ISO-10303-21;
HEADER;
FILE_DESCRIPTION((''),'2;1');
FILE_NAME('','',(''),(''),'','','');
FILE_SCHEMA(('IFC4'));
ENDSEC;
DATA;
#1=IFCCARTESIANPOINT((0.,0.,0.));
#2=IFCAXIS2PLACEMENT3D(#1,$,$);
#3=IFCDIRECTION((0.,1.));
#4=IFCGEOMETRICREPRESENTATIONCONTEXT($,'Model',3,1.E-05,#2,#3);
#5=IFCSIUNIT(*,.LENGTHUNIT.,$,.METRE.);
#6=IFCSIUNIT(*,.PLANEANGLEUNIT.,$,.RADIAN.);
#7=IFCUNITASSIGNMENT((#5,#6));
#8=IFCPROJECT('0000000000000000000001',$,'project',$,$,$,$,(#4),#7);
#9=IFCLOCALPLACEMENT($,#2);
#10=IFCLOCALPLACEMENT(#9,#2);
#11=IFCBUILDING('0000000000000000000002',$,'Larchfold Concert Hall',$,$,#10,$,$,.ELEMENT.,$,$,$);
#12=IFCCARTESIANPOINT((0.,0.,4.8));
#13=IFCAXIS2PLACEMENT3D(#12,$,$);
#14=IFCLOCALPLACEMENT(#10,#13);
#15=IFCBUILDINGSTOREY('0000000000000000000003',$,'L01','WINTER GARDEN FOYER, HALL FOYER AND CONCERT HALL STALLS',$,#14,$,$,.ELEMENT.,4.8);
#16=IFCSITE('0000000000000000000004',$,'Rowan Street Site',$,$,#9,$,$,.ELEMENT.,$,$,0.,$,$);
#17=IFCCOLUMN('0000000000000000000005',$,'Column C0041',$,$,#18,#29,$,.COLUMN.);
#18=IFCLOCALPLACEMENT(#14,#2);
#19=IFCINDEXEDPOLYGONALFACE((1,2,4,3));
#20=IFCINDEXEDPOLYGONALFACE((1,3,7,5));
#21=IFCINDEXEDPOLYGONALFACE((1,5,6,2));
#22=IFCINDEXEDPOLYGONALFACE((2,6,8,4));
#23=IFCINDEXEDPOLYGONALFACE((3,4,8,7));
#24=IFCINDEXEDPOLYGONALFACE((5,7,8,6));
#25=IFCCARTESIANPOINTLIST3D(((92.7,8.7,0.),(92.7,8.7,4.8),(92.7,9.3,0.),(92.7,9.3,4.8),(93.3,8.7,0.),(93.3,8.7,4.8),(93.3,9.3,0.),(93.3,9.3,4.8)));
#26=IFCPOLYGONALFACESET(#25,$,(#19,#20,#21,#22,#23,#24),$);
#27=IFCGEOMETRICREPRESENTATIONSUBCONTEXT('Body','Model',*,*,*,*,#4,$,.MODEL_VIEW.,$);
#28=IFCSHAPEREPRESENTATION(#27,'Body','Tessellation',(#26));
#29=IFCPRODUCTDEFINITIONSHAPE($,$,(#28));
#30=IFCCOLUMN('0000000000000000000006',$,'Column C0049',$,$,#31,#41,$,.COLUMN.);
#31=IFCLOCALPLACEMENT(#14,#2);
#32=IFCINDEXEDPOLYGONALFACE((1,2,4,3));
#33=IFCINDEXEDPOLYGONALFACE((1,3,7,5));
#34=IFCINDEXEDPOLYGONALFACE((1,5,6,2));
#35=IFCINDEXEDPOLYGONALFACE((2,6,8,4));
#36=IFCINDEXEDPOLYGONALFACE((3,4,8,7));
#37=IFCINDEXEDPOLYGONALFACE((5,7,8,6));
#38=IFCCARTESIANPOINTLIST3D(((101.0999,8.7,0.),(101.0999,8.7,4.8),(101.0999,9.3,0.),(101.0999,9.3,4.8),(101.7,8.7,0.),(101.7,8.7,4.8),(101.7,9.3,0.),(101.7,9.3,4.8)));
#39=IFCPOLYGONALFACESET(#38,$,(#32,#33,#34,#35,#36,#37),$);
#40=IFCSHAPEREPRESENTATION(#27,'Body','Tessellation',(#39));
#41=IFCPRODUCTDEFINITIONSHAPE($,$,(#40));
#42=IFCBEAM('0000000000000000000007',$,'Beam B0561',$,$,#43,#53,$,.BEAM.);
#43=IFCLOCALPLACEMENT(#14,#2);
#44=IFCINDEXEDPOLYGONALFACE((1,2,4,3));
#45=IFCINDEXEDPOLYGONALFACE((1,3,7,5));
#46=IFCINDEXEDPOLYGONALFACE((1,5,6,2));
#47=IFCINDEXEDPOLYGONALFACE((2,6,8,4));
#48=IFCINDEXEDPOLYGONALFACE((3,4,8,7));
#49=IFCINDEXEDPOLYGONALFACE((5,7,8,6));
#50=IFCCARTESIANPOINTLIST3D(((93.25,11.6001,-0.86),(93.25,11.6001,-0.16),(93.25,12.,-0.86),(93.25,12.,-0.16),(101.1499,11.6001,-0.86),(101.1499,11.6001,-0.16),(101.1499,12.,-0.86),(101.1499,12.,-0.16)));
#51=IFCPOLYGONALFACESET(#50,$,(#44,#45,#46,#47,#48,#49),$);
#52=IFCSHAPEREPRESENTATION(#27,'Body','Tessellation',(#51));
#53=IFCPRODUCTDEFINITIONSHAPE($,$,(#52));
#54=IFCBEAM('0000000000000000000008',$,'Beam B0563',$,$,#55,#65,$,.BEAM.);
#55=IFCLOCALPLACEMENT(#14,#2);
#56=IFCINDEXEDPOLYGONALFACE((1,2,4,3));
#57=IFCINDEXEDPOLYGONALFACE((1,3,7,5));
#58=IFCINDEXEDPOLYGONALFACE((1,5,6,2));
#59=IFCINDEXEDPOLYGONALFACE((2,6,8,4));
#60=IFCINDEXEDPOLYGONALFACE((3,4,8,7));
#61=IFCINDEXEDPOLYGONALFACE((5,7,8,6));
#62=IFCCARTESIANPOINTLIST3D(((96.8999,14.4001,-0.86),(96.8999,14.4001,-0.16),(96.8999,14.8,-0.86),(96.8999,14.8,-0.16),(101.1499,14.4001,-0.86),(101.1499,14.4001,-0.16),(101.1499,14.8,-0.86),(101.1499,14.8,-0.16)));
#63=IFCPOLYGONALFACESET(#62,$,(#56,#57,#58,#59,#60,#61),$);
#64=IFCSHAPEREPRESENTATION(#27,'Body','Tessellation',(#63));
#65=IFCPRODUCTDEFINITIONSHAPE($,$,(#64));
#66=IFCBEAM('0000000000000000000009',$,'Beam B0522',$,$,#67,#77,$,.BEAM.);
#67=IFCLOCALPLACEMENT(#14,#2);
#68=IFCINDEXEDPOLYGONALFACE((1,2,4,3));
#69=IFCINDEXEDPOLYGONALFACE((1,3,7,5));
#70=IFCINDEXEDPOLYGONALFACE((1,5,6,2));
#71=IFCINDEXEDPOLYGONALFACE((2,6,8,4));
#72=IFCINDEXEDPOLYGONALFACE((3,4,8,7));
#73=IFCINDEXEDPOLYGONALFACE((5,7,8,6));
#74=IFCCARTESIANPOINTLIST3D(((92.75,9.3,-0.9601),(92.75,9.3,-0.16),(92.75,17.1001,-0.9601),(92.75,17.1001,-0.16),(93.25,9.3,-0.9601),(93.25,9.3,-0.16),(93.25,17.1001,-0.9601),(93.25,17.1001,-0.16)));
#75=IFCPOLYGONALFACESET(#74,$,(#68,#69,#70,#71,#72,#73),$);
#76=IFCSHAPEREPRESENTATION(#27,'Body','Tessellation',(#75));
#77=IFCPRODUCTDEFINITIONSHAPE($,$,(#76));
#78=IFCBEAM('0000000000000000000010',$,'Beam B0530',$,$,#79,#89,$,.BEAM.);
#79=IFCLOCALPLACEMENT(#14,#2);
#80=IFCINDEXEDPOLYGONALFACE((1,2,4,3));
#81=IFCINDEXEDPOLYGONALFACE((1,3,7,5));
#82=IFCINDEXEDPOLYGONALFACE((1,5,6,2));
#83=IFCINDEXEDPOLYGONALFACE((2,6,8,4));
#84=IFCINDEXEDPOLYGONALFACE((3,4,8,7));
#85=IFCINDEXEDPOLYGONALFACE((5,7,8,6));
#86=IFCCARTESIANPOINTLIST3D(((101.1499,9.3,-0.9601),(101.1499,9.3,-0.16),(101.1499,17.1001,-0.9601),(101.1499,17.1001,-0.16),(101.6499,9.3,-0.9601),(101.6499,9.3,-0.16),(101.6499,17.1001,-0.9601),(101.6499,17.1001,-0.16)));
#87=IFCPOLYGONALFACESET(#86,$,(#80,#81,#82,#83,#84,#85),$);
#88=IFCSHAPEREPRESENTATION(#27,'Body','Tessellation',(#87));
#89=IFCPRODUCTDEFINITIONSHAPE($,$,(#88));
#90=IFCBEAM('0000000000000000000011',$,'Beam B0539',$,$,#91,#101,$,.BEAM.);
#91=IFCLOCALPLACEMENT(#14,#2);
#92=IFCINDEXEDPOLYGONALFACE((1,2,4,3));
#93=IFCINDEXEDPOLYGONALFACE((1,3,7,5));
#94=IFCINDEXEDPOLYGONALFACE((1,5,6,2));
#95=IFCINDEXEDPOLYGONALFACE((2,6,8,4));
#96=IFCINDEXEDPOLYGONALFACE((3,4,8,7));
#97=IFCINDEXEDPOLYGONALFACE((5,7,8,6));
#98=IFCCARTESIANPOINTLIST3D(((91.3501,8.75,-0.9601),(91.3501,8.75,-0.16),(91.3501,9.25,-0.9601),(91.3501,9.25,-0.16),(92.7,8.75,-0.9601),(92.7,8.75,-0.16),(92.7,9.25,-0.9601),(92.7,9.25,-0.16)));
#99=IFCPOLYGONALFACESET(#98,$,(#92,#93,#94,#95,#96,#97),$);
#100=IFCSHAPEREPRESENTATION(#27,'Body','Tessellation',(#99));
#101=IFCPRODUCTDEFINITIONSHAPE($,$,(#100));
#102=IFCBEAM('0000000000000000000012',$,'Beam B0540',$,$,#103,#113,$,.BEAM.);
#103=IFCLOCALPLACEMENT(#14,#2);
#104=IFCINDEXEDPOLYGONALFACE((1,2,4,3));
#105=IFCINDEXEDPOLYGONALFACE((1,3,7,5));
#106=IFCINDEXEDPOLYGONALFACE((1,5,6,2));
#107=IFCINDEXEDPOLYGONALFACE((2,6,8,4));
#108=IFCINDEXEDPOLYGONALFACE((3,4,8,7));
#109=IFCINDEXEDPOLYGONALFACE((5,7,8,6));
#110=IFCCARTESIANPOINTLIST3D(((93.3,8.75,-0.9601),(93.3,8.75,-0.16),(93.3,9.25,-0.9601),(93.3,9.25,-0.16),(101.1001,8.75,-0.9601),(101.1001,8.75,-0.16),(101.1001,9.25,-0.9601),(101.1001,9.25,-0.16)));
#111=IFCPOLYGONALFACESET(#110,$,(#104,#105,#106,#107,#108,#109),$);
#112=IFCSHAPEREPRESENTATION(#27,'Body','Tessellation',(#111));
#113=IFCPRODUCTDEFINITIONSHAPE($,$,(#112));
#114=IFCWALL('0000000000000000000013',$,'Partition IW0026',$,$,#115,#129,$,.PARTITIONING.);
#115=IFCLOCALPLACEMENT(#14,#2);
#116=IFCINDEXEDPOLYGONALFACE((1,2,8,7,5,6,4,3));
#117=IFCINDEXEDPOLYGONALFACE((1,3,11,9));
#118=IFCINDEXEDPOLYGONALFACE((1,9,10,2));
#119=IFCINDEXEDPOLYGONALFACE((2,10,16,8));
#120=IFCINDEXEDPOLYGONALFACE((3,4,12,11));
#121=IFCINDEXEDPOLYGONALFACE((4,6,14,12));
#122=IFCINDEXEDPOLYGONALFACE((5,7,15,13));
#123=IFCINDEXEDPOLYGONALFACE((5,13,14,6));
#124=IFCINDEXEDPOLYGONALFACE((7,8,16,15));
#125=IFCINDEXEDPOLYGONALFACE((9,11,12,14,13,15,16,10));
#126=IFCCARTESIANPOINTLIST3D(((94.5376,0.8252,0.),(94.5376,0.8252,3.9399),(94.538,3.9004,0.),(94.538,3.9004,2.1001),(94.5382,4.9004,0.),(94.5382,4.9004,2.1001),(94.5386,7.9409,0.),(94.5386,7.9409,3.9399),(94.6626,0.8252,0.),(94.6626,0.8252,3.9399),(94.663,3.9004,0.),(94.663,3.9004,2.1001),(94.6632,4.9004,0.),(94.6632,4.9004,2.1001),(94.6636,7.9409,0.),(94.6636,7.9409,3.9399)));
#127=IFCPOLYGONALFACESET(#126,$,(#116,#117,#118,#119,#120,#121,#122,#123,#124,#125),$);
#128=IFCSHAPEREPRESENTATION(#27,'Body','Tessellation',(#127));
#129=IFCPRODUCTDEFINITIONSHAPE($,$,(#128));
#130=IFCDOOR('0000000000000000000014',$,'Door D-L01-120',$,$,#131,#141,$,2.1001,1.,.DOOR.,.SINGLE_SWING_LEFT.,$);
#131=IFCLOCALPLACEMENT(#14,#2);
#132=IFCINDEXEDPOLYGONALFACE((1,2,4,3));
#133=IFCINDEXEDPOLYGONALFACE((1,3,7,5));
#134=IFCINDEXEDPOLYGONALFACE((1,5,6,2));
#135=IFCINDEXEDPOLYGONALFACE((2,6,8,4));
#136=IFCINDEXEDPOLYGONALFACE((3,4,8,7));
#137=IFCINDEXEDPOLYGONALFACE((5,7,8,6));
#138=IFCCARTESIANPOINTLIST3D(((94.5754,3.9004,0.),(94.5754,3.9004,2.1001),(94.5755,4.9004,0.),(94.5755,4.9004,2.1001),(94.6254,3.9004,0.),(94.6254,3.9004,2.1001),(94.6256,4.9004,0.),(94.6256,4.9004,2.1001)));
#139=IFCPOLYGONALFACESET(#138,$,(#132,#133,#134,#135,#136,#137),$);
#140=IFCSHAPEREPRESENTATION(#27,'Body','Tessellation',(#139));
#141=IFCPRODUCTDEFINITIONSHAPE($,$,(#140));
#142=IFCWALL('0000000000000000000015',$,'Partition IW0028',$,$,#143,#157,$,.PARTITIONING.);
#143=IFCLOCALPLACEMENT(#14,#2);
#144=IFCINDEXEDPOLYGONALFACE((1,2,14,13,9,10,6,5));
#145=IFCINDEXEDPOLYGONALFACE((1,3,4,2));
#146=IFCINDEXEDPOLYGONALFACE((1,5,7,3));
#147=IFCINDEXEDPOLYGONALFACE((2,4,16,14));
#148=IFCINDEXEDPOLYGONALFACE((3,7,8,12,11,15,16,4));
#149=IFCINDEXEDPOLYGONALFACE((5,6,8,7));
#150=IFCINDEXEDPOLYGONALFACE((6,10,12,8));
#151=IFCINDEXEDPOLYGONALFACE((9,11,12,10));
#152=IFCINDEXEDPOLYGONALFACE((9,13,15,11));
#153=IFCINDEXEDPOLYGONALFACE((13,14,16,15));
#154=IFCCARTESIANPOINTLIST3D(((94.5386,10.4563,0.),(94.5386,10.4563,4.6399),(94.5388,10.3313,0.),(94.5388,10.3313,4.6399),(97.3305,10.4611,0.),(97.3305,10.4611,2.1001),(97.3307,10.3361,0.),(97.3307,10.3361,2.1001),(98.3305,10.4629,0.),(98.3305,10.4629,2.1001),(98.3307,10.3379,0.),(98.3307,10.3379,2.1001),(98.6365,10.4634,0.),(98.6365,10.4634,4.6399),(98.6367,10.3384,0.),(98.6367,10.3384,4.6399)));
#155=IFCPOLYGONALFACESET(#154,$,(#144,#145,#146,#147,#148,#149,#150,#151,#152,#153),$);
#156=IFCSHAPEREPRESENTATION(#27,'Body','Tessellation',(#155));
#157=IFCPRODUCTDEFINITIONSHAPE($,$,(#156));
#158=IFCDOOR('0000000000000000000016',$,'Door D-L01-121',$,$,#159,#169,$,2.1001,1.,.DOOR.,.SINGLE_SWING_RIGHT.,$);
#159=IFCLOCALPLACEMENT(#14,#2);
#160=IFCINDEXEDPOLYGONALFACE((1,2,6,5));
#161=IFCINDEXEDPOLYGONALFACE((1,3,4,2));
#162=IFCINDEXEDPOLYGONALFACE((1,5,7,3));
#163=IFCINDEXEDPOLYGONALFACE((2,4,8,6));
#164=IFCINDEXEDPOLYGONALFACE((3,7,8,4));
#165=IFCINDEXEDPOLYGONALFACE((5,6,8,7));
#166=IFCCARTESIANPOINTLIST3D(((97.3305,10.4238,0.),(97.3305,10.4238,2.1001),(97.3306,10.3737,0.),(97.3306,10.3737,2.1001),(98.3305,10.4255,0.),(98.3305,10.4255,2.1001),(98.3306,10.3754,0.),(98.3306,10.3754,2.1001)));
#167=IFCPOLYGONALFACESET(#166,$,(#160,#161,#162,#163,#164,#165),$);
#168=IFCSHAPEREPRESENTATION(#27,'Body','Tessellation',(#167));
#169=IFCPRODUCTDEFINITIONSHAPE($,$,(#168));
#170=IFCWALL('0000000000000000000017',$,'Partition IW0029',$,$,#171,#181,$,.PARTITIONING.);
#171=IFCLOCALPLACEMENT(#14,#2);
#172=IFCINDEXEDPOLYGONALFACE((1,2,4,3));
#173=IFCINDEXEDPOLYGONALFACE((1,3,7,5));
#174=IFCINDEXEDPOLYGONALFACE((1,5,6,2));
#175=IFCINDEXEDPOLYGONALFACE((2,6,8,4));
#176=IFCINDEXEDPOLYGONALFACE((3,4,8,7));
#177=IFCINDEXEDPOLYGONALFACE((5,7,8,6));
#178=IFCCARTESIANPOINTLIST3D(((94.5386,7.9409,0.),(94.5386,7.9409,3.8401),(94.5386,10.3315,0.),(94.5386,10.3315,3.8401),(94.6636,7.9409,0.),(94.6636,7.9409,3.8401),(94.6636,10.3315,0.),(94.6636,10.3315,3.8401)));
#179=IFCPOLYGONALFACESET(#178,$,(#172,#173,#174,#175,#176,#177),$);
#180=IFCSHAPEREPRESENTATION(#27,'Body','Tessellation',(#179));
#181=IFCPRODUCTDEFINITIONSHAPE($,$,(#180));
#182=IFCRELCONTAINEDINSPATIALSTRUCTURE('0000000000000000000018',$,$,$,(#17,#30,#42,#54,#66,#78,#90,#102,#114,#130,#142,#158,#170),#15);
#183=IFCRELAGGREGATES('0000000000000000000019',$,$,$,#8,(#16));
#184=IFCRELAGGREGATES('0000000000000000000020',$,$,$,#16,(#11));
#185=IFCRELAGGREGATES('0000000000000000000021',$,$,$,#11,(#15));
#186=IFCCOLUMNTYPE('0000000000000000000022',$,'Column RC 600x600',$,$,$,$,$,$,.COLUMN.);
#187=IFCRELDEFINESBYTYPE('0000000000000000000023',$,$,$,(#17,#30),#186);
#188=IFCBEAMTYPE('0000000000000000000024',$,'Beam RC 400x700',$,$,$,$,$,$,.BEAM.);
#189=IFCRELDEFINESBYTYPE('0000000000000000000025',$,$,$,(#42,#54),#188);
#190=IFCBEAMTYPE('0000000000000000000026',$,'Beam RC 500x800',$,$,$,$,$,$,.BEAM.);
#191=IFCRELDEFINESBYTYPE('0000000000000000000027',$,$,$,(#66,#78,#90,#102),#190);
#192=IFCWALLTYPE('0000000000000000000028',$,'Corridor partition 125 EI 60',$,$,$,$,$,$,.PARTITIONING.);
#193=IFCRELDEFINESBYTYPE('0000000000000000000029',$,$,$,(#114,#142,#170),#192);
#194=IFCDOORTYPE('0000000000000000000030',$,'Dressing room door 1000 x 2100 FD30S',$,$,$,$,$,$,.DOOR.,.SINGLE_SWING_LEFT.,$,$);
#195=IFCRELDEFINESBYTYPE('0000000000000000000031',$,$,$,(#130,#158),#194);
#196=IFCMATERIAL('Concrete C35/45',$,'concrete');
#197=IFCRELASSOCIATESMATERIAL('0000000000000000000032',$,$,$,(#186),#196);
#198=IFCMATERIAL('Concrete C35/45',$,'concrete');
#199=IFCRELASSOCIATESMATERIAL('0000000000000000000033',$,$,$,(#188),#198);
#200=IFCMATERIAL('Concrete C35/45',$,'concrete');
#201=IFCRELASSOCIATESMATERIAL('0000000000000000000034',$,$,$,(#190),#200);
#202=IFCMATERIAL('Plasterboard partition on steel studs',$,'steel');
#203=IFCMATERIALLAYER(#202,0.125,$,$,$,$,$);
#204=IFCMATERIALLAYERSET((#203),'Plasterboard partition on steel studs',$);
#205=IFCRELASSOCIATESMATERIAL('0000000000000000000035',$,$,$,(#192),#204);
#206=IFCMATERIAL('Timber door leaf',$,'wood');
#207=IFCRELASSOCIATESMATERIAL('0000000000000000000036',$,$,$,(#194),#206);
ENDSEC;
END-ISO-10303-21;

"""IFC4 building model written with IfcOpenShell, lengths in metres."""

from ifc_helpers import new_model, si_unit, direction, frame, frame_2d, origin, origin_2d, place, context, subcontext, project, spatial, rectangle, extrude, material, layer, layer_set, material_profile, profile_set, type_object, element, fill, save


model = new_model("IFC4")

# Units and contexts
model_context = context("Model", 3, precision=1e-05, world=origin(), true_north=direction((0.0, 1.0)))
body_context = subcontext(model_context, "Body", "Model", "MODEL_VIEW")
ifc_project = project(units=[si_unit("LENGTHUNIT", "METRE"), si_unit("PLANEANGLEUNIT", "RADIAN")], contexts=[model_context])

# Site, building, storey
site_placement = place(None, origin())
site = spatial("IfcSite", under=ifc_project, at=site_placement, Name="Rowan Street Site", CompositionType="ELEMENT", RefElevation=0.0)
building_placement = place(site_placement, origin())
building = spatial("IfcBuilding", under=site, at=building_placement, Name="Larchfold Concert Hall", CompositionType="ELEMENT")
storey_placement = place(building_placement, frame((0.0, 0.0, 4.8)))
storey = spatial("IfcBuildingStorey", under=building, at=storey_placement, Name="L01", Description="WINTER GARDEN FOYER, HALL FOYER AND CONCERT HALL STALLS", CompositionType="ELEMENT", Elevation=4.8)

# Columns
ifc_material_1 = material(Name="Concrete C35/45", Category="concrete")
ifc_material_profile_1 = material_profile(ifc_material_1, rectangle(XDim=0.6001, YDim=0.6001, at=origin_2d()))
ifc_profile_set_1 = profile_set([ifc_material_profile_1], Name="Concrete C35/45")
column_type = type_object("IfcColumnType", Name="Column RC 600x600", PredefinedType="COLUMN", material=ifc_profile_set_1)
for number, where, z_axis, x_axis, name in (
    (1, (93.0, 9.0, 0.0), (0.0, 0.0, 1.0), (1.0, 0.0, 0.0), "Column C0041"),
    (2, (101.3999, 9.0, 0.0), (0.0, 0.0, 1.0), (1.0, 0.0, 0.0), "Column C0049"),
):
    element("IfcColumn", number, at=place(storey_placement, frame(where, z_axis=z_axis, x_axis=x_axis)), inside=storey, type_object=column_type, Name=name, PredefinedType="COLUMN", context=body_context, shape_type="SweptSolid", body=[
        extrude(rectangle(XDim=0.6001, YDim=0.6001, at=origin_2d()), origin(), (0.0, 0.0, 1.0), 4.8),
    ])

# Beams
ifc_material_2 = material(Name="Concrete C35/45", Category="concrete")
ifc_material_profile_2 = material_profile(ifc_material_2, rectangle(XDim=0.3999, YDim=0.7, at=origin_2d()))
ifc_profile_set_2 = profile_set([ifc_material_profile_2], Name="Concrete C35/45")
beam_type_1 = type_object("IfcBeamType", Name="Beam RC 400x700", PredefinedType="BEAM", material=ifc_profile_set_2)
beam_1_placement = place(storey_placement, frame((93.25, 11.8, -0.51), z_axis=(1.0, 0.0, 0.0), x_axis=(0.0, 1.0, 0.0)))
element("IfcBeam", 3, at=beam_1_placement, inside=storey, type_object=beam_type_1, Name="Beam B0561", PredefinedType="BEAM", context=body_context, shape_type="SweptSolid", body=[
    extrude(rectangle(XDim=0.3999, YDim=0.7, at=origin_2d()), origin(), (0.0, 0.0, 1.0), 7.8999),
])
beam_2_placement = place(storey_placement, frame((96.8999, 14.6001, -0.51), z_axis=(1.0, 0.0, 0.0), x_axis=(0.0, 1.0, 0.0)))
element("IfcBeam", 4, at=beam_2_placement, inside=storey, type_object=beam_type_1, Name="Beam B0563", PredefinedType="BEAM", context=body_context, shape_type="SweptSolid", body=[
    extrude(rectangle(XDim=0.3999, YDim=0.7, at=origin_2d()), origin(), (0.0, 0.0, 1.0), 4.25),
])
ifc_material_3 = material(Name="Concrete C35/45", Category="concrete")
ifc_material_profile_3 = material_profile(ifc_material_3, rectangle(XDim=0.5, YDim=0.8, at=origin_2d()))
ifc_profile_set_3 = profile_set([ifc_material_profile_3], Name="Concrete C35/45")
beam_type_2 = type_object("IfcBeamType", Name="Beam RC 500x800", PredefinedType="BEAM", material=ifc_profile_set_3)
for number, where, z_axis, x_axis, name in (
    (5, (93.0, 9.3, -0.5601), (0.0, 1.0, 0.0), (-1.0, 0.0, 0.0), "Beam B0522"),
    (6, (101.3999, 9.3, -0.5601), (0.0, 1.0, 0.0), (-1.0, 0.0, 0.0), "Beam B0530"),
):
    element("IfcBeam", number, at=place(storey_placement, frame(where, z_axis=z_axis, x_axis=x_axis)), inside=storey, type_object=beam_type_2, Name=name, PredefinedType="BEAM", context=body_context, shape_type="SweptSolid", body=[
        extrude(rectangle(XDim=0.5, YDim=0.8, at=origin_2d()), origin(), (0.0, 0.0, 1.0), 7.8),
    ])
beam_3_placement = place(storey_placement, frame((91.3501, 9.0, -0.5601), z_axis=(1.0, 0.0, 0.0), x_axis=(0.0, 1.0, 0.0)))
element("IfcBeam", 7, at=beam_3_placement, inside=storey, type_object=beam_type_2, Name="Beam B0539", PredefinedType="BEAM", context=body_context, shape_type="SweptSolid", body=[
    extrude(rectangle(XDim=0.5, YDim=0.8, at=origin_2d()), origin(), (0.0, 0.0, 1.0), 1.3499),
])
beam_4_placement = place(storey_placement, frame((93.3, 9.0, -0.5601), z_axis=(1.0, 0.0, 0.0), x_axis=(0.0, 1.0, 0.0)))
element("IfcBeam", 8, at=beam_4_placement, inside=storey, type_object=beam_type_2, Name="Beam B0540", PredefinedType="BEAM", context=body_context, shape_type="SweptSolid", body=[
    extrude(rectangle(XDim=0.5, YDim=0.8, at=origin_2d()), origin(), (0.0, 0.0, 1.0), 7.8),
])

# Walls, openings, doors
ifc_material_4 = material(Name="Plasterboard partition on steel studs", Category="steel")
ifc_layer_1 = layer(ifc_material_4, 0.125)
ifc_layer_set_1 = layer_set([ifc_layer_1], Name="Plasterboard partition on steel studs")
wall_type_1 = type_object("IfcWallType", Name="Corridor partition 125 EI 60", PredefinedType="PARTITIONING", material=ifc_layer_set_1)
wall_1_placement = place(storey_placement, frame((94.6011, 7.9409, 0.0), z_axis=(0.0, 0.0, 1.0), x_axis=(-0.000137, -1.0, 0.0)))
wall_1 = element("IfcWall", 9, at=wall_1_placement, inside=storey, type_object=wall_type_1, Name="Partition IW0026", PredefinedType="PARTITIONING", context=body_context, shape_type="SweptSolid", body=[
    extrude(rectangle(XDim=7.1157, YDim=0.125, at=frame_2d((3.5579, 0.0))), origin(), (0.0, 0.0, 1.0), 3.9399),
])
opening_1_placement = place(wall_1_placement, frame((3.0405, 0.0, 0.0)))
opening_1 = element("IfcOpeningElement", 10, at=opening_1_placement, cuts=wall_1, PredefinedType="OPENING", context=body_context, shape_type="SweptSolid", body=[
    extrude(rectangle(XDim=1.0, YDim=2.1001, at=frame_2d((0.5, 1.05))), frame((0.0, 0.0725, 0.0), z_axis=(0.0, -1.0, 0.0), x_axis=(1.0, 0.0, 0.0)), (0.0, 0.0, 1.0), 0.145),
])
ifc_material_5 = material(Name="Timber door leaf", Category="wood")
door_type = type_object("IfcDoorType", Name="Dressing room door 1000 x 2100 FD30S", OperationType="SINGLE_SWING_LEFT", PredefinedType="DOOR", material=ifc_material_5)
door_1_placement = place(opening_1_placement, origin())
door_1 = element("IfcDoor", 11, at=door_1_placement, inside=storey, type_object=door_type, Name="Door D-L01-120", OperationType="SINGLE_SWING_LEFT", OverallHeight=2.1001, OverallWidth=1.0, PredefinedType="DOOR", context=body_context, shape_type="SweptSolid", body=[
    extrude(rectangle(XDim=1.0, YDim=2.1001, at=frame_2d((0.5, 1.05))), frame((0.0, 0.0249, 0.0), z_axis=(0.0, -1.0, 0.0), x_axis=(1.0, 0.0, 0.0)), (0.0, 0.0, 1.0), 0.05),
])
fill(opening_1, door_1)
wall_2_placement = place(storey_placement, frame((98.6365, 10.4009, 0.0), z_axis=(0.0, 0.0, 1.0), x_axis=(-0.999999, -0.001728, 0.0)))
wall_2 = element("IfcWall", 12, at=wall_2_placement, inside=storey, type_object=wall_type_1, Name="Partition IW0028", PredefinedType="PARTITIONING", context=body_context, shape_type="SweptSolid", body=[
    extrude(rectangle(XDim=4.0979, YDim=0.125, at=frame_2d((2.0488, 0.0))), origin(), (0.0, 0.0, 1.0), 4.6399),
])
opening_2_placement = place(wall_2_placement, frame((0.3059, 0.0, 0.0)))
opening_2 = element("IfcOpeningElement", 13, at=opening_2_placement, cuts=wall_2, PredefinedType="OPENING", context=body_context, shape_type="SweptSolid", body=[
    extrude(rectangle(XDim=1.0, YDim=2.1001, at=frame_2d((0.5, 1.05))), frame((0.0, 0.0725, 0.0), z_axis=(0.0, -1.0, 0.0), x_axis=(1.0, 0.0, 0.0)), (0.0, 0.0, 1.0), 0.145),
])
door_2_placement = place(opening_2_placement, origin())
door_2 = element("IfcDoor", 14, at=door_2_placement, inside=storey, type_object=door_type, Name="Door D-L01-121", OperationType="SINGLE_SWING_RIGHT", OverallHeight=2.1001, OverallWidth=1.0, PredefinedType="DOOR", context=body_context, shape_type="SweptSolid", body=[
    extrude(rectangle(XDim=1.0, YDim=2.1001, at=frame_2d((0.5, 1.05))), frame((0.0, 0.0249, 0.0), z_axis=(0.0, -1.0, 0.0), x_axis=(1.0, 0.0, 0.0)), (0.0, 0.0, 1.0), 0.05),
])
fill(opening_2, door_2)

# Wall
wall_3_placement = place(storey_placement, frame((94.6011, 10.3315, 0.0), z_axis=(0.0, 0.0, 1.0), x_axis=(0.0, -1.0, 0.0)))
element("IfcWall", 15, at=wall_3_placement, inside=storey, type_object=wall_type_1, Name="Partition IW0029", PredefinedType="PARTITIONING", context=body_context, shape_type="SweptSolid", body=[
    extrude(rectangle(XDim=2.3906, YDim=0.125, at=frame_2d((1.1953, 0.0))), origin(), (0.0, 0.0, 1.0), 3.8401),
])

save(model, "model.ifc")
